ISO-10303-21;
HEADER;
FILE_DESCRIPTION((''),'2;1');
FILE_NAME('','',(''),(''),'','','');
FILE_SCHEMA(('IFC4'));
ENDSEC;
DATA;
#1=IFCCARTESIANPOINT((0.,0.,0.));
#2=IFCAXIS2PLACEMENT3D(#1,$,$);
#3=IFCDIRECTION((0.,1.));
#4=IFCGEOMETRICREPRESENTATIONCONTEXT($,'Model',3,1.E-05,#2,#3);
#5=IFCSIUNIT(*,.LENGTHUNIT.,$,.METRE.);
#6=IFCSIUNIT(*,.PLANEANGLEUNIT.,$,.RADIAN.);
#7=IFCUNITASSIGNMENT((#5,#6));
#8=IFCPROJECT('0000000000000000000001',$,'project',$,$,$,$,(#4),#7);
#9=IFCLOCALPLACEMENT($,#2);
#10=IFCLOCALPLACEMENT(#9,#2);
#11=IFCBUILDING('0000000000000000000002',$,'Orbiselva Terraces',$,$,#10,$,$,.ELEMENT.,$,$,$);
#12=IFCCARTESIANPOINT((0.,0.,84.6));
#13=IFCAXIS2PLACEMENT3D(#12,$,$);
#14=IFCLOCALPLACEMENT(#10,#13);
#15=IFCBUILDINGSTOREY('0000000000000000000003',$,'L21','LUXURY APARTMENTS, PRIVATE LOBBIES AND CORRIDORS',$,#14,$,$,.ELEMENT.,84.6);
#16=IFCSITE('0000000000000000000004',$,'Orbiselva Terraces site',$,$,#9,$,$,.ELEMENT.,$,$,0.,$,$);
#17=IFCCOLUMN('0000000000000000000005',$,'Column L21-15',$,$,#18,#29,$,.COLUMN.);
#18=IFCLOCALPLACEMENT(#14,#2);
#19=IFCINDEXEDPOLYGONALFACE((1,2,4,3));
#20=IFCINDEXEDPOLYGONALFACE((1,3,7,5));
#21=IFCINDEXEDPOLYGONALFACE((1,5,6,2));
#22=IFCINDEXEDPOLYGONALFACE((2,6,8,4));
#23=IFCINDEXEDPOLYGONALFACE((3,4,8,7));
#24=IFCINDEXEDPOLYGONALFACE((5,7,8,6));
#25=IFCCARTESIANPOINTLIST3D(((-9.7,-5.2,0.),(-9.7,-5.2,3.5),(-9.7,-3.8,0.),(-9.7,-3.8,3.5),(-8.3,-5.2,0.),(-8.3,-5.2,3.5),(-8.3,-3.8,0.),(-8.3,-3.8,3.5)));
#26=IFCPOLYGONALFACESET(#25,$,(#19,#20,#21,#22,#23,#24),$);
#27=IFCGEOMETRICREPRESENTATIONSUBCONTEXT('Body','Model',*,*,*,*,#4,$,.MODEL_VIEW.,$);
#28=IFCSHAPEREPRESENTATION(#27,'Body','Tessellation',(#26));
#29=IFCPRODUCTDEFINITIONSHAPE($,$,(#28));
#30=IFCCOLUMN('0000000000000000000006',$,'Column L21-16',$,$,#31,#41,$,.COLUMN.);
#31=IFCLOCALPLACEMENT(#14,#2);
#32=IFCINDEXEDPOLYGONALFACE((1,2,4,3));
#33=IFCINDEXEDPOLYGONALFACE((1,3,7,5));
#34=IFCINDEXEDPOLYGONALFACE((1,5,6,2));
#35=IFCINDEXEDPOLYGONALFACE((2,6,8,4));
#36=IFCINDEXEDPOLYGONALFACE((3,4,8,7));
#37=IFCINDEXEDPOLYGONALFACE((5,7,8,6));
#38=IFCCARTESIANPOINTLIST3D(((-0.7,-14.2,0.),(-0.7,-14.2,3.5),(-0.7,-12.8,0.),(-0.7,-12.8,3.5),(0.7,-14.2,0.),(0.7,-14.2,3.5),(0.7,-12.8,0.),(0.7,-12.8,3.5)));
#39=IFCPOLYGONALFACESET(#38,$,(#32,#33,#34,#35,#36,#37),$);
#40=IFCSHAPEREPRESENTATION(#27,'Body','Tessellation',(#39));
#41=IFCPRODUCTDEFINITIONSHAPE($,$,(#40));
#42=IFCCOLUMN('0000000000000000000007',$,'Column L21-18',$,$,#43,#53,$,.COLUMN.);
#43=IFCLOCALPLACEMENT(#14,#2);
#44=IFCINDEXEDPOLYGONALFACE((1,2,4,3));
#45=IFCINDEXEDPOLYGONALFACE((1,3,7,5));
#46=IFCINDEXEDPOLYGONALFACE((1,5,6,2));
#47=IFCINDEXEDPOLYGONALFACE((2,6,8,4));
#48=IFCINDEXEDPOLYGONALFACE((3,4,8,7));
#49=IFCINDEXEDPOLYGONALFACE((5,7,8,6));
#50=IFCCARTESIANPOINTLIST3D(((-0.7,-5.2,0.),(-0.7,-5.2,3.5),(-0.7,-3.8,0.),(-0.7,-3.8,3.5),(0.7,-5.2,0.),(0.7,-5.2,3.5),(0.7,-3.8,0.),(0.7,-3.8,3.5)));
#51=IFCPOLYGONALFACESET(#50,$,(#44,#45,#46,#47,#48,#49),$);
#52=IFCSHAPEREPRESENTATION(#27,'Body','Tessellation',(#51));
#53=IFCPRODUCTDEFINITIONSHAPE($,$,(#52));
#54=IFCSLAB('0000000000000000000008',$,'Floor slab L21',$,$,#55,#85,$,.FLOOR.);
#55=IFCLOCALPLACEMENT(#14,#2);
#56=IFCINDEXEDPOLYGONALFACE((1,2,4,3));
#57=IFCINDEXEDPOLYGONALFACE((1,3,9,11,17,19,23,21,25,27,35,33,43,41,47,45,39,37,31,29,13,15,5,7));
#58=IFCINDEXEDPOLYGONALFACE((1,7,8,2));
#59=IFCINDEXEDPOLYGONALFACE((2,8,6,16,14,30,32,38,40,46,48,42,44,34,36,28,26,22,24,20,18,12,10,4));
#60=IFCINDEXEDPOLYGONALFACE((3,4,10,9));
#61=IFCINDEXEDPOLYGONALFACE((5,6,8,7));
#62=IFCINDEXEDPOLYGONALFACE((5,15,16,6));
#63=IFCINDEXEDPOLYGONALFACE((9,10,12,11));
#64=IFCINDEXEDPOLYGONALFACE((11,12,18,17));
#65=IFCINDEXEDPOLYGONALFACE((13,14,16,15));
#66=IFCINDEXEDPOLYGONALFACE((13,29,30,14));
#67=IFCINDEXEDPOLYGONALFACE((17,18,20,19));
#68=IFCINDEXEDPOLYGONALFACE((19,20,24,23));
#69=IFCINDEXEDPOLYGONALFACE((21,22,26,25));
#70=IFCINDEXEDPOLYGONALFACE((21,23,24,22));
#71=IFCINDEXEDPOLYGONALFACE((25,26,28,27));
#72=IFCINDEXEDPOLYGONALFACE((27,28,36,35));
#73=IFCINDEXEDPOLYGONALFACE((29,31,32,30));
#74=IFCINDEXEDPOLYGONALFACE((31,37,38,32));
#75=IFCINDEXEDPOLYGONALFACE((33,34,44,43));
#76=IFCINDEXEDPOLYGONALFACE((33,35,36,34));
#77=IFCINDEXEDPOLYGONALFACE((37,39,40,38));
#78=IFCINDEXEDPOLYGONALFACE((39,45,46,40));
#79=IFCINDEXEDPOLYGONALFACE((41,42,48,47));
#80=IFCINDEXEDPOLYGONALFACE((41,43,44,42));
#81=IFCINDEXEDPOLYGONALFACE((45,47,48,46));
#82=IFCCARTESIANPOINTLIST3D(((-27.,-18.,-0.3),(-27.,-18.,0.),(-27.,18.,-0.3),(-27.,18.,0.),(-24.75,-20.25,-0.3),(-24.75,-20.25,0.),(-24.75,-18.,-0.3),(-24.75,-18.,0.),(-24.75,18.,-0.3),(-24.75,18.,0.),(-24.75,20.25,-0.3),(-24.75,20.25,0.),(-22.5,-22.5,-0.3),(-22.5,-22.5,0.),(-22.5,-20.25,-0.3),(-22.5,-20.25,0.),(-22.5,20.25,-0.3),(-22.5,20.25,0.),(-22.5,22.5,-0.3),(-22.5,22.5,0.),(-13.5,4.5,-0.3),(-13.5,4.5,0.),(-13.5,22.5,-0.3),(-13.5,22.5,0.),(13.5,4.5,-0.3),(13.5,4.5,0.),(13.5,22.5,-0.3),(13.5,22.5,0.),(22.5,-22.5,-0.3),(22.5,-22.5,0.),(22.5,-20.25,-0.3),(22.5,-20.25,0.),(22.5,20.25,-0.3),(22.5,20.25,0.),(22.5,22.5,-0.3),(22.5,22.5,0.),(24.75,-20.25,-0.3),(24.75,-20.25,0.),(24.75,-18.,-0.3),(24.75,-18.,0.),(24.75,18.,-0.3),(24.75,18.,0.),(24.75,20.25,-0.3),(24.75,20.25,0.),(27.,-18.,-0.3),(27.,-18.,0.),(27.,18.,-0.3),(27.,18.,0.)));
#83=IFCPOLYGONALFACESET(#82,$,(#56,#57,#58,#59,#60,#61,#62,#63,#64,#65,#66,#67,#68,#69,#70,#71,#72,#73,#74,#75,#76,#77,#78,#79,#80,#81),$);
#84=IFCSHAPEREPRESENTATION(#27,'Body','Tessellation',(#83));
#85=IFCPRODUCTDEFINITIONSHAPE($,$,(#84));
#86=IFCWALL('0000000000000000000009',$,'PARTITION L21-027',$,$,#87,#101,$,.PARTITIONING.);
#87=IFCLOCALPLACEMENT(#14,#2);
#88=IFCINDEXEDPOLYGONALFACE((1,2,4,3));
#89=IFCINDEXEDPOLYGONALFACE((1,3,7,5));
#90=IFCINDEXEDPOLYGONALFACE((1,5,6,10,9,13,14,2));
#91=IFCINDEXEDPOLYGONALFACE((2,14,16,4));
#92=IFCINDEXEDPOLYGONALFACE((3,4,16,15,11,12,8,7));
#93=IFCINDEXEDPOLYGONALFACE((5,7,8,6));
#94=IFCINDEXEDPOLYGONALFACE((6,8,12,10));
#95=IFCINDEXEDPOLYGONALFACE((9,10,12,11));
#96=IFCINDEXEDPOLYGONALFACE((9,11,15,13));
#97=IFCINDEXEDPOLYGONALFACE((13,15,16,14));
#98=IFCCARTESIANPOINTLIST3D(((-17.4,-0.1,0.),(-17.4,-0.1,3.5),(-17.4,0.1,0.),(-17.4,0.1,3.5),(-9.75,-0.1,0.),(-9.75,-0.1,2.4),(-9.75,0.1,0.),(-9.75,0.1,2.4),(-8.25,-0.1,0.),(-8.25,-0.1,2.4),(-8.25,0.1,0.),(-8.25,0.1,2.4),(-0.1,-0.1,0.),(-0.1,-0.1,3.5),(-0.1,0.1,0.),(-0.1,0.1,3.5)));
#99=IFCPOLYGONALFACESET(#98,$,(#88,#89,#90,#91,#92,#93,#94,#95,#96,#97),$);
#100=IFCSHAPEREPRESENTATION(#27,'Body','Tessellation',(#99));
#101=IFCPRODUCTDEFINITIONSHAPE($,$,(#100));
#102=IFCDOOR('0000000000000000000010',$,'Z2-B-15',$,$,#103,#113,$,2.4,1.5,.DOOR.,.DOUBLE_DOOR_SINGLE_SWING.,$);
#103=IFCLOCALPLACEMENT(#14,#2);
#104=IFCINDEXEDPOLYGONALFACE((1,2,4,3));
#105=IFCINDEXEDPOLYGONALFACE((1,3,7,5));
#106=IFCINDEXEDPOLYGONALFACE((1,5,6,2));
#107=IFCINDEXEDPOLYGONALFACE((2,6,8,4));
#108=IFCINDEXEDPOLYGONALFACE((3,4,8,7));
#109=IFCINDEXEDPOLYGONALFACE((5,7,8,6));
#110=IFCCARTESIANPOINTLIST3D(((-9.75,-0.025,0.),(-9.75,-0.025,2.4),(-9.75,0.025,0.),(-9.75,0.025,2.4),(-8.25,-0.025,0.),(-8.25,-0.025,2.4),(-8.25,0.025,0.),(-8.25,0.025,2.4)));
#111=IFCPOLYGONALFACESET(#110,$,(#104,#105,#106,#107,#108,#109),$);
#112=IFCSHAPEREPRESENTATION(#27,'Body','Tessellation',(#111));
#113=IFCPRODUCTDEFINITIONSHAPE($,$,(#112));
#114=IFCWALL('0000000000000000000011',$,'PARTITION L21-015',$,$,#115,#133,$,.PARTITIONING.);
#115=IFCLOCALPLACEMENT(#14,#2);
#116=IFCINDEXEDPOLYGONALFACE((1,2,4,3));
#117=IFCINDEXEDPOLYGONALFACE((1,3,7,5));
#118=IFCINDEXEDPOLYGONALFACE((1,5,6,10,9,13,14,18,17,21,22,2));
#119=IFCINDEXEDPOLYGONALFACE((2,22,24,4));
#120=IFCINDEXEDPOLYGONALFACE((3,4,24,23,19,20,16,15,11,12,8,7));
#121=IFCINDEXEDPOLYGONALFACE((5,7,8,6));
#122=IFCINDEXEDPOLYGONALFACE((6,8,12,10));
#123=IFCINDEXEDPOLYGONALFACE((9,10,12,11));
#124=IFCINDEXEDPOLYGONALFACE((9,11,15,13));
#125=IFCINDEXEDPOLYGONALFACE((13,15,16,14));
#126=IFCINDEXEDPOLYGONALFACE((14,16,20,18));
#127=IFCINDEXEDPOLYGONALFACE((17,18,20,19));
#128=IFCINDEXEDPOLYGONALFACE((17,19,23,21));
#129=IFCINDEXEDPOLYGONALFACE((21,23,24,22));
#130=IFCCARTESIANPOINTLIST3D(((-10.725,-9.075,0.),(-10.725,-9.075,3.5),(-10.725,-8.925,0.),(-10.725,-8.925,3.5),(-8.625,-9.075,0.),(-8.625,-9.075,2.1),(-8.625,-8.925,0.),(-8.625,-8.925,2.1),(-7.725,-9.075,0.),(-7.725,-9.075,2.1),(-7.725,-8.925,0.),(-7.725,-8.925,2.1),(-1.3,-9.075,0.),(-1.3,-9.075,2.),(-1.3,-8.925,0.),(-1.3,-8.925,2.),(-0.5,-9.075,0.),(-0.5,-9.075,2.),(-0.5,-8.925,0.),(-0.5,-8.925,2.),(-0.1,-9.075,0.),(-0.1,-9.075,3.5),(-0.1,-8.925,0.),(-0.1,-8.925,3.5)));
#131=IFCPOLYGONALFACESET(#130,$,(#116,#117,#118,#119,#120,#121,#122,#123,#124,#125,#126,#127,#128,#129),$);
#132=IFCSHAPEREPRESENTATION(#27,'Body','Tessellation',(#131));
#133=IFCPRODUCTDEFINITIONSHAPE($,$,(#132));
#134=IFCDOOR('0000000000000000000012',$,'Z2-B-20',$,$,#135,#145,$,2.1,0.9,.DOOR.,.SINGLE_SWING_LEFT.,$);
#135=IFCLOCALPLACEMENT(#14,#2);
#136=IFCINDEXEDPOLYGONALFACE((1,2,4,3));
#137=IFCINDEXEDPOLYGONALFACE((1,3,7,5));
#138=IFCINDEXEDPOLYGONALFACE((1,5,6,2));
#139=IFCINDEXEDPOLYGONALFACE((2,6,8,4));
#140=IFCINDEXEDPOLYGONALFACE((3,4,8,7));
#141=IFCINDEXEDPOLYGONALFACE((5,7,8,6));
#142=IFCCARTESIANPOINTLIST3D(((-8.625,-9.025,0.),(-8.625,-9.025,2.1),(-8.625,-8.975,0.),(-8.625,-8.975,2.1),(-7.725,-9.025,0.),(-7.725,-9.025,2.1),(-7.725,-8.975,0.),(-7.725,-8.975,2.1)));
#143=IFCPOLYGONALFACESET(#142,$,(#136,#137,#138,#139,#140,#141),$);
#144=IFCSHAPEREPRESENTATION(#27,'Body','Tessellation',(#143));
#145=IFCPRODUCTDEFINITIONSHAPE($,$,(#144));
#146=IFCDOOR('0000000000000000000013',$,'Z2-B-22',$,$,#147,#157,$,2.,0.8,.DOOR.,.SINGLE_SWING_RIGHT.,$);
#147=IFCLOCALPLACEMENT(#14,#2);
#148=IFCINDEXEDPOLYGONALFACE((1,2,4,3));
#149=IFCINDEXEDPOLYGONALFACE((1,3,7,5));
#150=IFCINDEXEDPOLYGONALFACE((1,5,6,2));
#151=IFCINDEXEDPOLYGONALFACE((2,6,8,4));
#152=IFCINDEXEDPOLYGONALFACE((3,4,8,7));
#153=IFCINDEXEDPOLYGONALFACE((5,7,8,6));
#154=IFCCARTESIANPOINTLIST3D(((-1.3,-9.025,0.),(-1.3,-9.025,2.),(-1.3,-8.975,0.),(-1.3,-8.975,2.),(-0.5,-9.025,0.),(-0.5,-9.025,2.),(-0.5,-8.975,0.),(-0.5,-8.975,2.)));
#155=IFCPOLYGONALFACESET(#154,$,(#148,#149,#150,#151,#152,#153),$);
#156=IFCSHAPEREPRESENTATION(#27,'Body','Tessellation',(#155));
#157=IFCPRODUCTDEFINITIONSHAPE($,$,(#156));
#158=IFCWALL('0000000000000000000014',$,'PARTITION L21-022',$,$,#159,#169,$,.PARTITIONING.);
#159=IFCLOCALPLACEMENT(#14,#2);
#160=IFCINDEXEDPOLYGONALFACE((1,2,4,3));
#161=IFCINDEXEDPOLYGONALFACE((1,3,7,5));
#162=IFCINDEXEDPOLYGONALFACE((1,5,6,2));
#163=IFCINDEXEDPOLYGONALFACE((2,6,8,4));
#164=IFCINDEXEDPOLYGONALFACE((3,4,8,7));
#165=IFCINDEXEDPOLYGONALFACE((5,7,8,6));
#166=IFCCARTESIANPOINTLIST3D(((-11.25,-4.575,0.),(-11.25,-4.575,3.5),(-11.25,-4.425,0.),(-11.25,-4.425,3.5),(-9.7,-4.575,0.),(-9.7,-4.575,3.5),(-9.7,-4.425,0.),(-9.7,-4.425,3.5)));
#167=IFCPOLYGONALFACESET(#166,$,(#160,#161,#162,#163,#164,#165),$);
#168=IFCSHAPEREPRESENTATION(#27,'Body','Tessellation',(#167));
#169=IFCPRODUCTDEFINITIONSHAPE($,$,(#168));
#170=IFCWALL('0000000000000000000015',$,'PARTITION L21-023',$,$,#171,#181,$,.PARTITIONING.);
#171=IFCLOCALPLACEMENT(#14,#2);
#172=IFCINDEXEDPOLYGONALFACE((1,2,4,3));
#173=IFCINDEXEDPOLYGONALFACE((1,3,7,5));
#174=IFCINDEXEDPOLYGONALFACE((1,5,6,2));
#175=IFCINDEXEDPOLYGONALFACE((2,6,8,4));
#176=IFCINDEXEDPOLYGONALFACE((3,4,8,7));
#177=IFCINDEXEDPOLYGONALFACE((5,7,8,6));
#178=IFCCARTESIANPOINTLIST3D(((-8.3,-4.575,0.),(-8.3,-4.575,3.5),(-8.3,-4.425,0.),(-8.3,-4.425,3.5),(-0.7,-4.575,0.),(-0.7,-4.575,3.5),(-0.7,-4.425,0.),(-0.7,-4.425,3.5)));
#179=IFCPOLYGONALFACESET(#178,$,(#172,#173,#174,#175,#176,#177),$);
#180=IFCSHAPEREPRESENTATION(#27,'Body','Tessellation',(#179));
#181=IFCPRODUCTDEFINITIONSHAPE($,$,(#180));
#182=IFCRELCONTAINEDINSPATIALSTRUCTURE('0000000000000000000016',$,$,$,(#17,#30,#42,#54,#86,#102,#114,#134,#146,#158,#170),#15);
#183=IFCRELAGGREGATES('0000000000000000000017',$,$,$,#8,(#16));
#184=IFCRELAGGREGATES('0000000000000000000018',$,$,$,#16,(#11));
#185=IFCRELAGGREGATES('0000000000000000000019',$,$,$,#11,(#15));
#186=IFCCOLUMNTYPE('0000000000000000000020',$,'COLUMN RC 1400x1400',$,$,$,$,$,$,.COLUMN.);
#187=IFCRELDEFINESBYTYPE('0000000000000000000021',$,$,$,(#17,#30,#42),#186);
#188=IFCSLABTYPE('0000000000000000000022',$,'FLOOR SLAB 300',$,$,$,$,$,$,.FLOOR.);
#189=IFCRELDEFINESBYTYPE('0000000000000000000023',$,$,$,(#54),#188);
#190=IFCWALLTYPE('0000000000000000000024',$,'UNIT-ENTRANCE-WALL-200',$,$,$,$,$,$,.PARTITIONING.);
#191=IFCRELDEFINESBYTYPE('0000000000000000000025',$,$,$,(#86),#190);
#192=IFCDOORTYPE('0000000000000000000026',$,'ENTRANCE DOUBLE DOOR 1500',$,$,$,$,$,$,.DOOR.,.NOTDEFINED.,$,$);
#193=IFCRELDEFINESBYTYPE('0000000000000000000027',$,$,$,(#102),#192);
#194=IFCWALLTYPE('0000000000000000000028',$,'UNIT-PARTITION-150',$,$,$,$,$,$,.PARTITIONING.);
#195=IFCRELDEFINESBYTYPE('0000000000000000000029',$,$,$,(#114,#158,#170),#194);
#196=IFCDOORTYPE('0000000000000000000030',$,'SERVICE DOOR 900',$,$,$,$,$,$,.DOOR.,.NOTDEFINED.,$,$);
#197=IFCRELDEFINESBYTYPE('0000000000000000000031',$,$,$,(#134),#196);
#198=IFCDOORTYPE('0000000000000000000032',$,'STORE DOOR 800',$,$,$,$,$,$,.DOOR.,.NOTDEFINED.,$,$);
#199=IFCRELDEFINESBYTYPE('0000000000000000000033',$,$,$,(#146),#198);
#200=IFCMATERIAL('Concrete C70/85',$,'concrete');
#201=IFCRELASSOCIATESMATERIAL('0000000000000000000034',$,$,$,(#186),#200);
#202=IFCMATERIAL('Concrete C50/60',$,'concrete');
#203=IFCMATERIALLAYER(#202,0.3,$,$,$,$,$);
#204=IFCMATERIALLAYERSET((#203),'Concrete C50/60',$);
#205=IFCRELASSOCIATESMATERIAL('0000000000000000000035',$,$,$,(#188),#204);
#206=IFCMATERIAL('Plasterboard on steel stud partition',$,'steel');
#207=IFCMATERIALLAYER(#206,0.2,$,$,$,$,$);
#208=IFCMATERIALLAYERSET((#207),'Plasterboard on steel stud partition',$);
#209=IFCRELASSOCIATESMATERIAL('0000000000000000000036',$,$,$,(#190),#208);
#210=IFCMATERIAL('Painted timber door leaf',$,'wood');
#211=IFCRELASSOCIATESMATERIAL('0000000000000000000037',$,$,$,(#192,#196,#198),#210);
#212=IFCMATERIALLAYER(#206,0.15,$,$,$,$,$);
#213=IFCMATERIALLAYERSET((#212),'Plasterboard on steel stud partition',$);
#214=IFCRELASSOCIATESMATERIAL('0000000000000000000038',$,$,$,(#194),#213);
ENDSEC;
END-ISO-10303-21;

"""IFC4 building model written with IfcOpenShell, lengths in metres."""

from ifc_helpers import new_model, si_unit, direction, frame, frame_2d, origin, origin_2d, place, context, subcontext, project, spatial, polyline, rectangle, outline, extrude, material, layer, layer_set, material_profile, profile_set, type_object, element, fill, save


model = new_model("IFC4")

# Units and contexts
model_context = context("Model", 3, precision=1e-05, world=origin(), true_north=direction((0.0, 1.0)))
body_context = subcontext(model_context, "Body", "Model", "MODEL_VIEW")
ifc_project = project(units=[si_unit("LENGTHUNIT", "METRE"), si_unit("PLANEANGLEUNIT", "RADIAN")], contexts=[model_context])

# Site, building, storey
site_placement = place(None, origin())
site = spatial("IfcSite", under=ifc_project, at=site_placement, Name="Orbiselva Terraces site", CompositionType="ELEMENT", RefElevation=0.0)
building_placement = place(site_placement, origin())
building = spatial("IfcBuilding", under=site, at=building_placement, Name="Orbiselva Terraces", CompositionType="ELEMENT")
storey_placement = place(building_placement, frame((0.0, 0.0, 84.6)))
storey = spatial("IfcBuildingStorey", under=building, at=storey_placement, Name="L21", Description="LUXURY APARTMENTS, PRIVATE LOBBIES AND CORRIDORS", CompositionType="ELEMENT", Elevation=84.6)

# Columns
ifc_material_1 = material(Name="Concrete C70/85", Category="concrete")
ifc_material_profile = material_profile(ifc_material_1, rectangle(XDim=1.4, YDim=1.4, at=origin_2d()), Name="RC 1400x1400")
ifc_profile_set = profile_set([ifc_material_profile], Name="Concrete C70/85")
column_type = type_object("IfcColumnType", Name="COLUMN RC 1400x1400", PredefinedType="COLUMN", material=ifc_profile_set)
for number, where, z_axis, x_axis, name in (
    (1, (-9.0, -4.5, 0.0), (0.0, 0.0, 1.0), (1.0, 0.0, 0.0), "Column L21-15"),
    (2, (0.0, -13.5, 0.0), (0.0, 0.0, 1.0), (1.0, 0.0, 0.0), "Column L21-16"),
    (3, (0.0, -4.5, 0.0), (0.0, 0.0, 1.0), (1.0, 0.0, 0.0), "Column L21-18"),
):
    element("IfcColumn", number, at=place(storey_placement, frame(where, z_axis=z_axis, x_axis=x_axis)), inside=storey, type_object=column_type, Name=name, PredefinedType="COLUMN", context=body_context, shape_type="SweptSolid", body=[
        extrude(rectangle(XDim=1.4, YDim=1.4, at=origin_2d()), origin(), (0.0, 0.0, 1.0), 3.5),
    ])

# Slab
ifc_material_2 = material(Name="Concrete C50/60", Category="concrete")
ifc_layer_1 = layer(ifc_material_2, 0.3)
ifc_layer_set_1 = layer_set([ifc_layer_1], Name="Concrete C50/60")
slab_type = type_object("IfcSlabType", Name="FLOOR SLAB 300", PredefinedType="FLOOR", material=ifc_layer_set_1)
slab_placement = place(storey_placement, frame((0.0, 0.0, -0.3)))
element("IfcSlab", 4, at=slab_placement, inside=storey, type_object=slab_type, Name="Floor slab L21", PredefinedType="FLOOR", context=body_context, shape_type="SweptSolid", body=[
    extrude(outline(polyline([(22.5, 22.5), (22.5, 20.25), (24.75, 20.25), (24.75, 18.0), (27.0, 18.0), (27.0, -18.0), (24.75, -18.0), (24.75, -20.25), (22.5, -20.25), (22.5, -22.5), (-22.5, -22.5), (-22.5, -20.25), (-24.75, -20.25), (-24.75, -18.0), (-27.0, -18.0), (-27.0, 18.0), (-24.75, 18.0), (-24.75, 20.25), (-22.5, 20.25), (-22.5, 22.5), (-13.5, 22.5), (-13.5, 4.5), (13.5, 4.5), (13.5, 22.5), (22.5, 22.5)])), origin(), (0.0, 0.0, 1.0), 0.3),
])

# Wall, opening, door
ifc_material_3 = material(Name="Plasterboard on steel stud partition", Category="steel")
ifc_layer_2 = layer(ifc_material_3, 0.2)
ifc_layer_set_2 = layer_set([ifc_layer_2], Name="Plasterboard on steel stud partition")
wall_type_1 = type_object("IfcWallType", Name="UNIT-ENTRANCE-WALL-200", PredefinedType="PARTITIONING", material=ifc_layer_set_2)
wall_1_placement = place(storey_placement, frame((-0.1, 0.0, 0.0), z_axis=(0.0, 0.0, 1.0), x_axis=(-1.0, 0.0, 0.0)))
wall_1 = element("IfcWall", 5, at=wall_1_placement, inside=storey, type_object=wall_type_1, Name="PARTITION L21-027", PredefinedType="PARTITIONING", context=body_context, shape_type="SweptSolid", body=[
    extrude(rectangle(XDim=17.3, YDim=0.2, at=frame_2d((8.65, 0.0))), origin(), (0.0, 0.0, 1.0), 3.5),
])
opening_1_placement = place(wall_1_placement, frame((8.15, 0.0, 0.0)))
opening_1 = element("IfcOpeningElement", 6, at=opening_1_placement, cuts=wall_1, PredefinedType="OPENING", context=body_context, shape_type="SweptSolid", body=[
    extrude(rectangle(XDim=1.5, YDim=2.4, at=frame_2d((0.75, 1.2))), frame((0.0, 0.11, 0.0), z_axis=(0.0, -1.0, 0.0), x_axis=(1.0, 0.0, 0.0)), (0.0, 0.0, 1.0), 0.22),
])
ifc_material_4 = material(Name="Painted timber door leaf", Category="wood")
door_type_1 = type_object("IfcDoorType", Name="ENTRANCE DOUBLE DOOR 1500", OperationType="NOTDEFINED", PredefinedType="DOOR", material=ifc_material_4)
door_1_placement = place(opening_1_placement, origin())
door_1 = element("IfcDoor", 7, at=door_1_placement, inside=storey, type_object=door_type_1, Name="Z2-B-15", OperationType="DOUBLE_DOOR_SINGLE_SWING", OverallHeight=2.4, OverallWidth=1.5, PredefinedType="DOOR", context=body_context, shape_type="SweptSolid", body=[
    extrude(rectangle(XDim=1.5, YDim=2.4, at=frame_2d((0.75, 1.2))), frame((0.0, 0.025, 0.0), z_axis=(0.0, -1.0, 0.0), x_axis=(1.0, 0.0, 0.0)), (0.0, 0.0, 1.0), 0.05),
])
fill(opening_1, door_1)

# Wall, openings, doors
ifc_layer_3 = layer(ifc_material_3, 0.15)
ifc_layer_set_3 = layer_set([ifc_layer_3], Name="Plasterboard on steel stud partition")
wall_type_2 = type_object("IfcWallType", Name="UNIT-PARTITION-150", PredefinedType="PARTITIONING", material=ifc_layer_set_3)
wall_2_placement = place(storey_placement, frame((-10.725, -9.0, 0.0), z_axis=(0.0, 0.0, 1.0), x_axis=(1.0, 0.0, 0.0)))
wall_2 = element("IfcWall", 8, at=wall_2_placement, inside=storey, type_object=wall_type_2, Name="PARTITION L21-015", PredefinedType="PARTITIONING", context=body_context, shape_type="SweptSolid", body=[
    extrude(rectangle(XDim=10.625, YDim=0.15, at=frame_2d((5.3125, 0.0))), origin(), (0.0, 0.0, 1.0), 3.5),
])
opening_2_placement = place(wall_2_placement, frame((2.1, 0.0, 0.0)))
opening_2 = element("IfcOpeningElement", 9, at=opening_2_placement, cuts=wall_2, PredefinedType="OPENING", context=body_context, shape_type="SweptSolid", body=[
    extrude(rectangle(XDim=0.9, YDim=2.1, at=frame_2d((0.45, 1.05))), frame((0.0, 0.085, 0.0), z_axis=(0.0, -1.0, 0.0), x_axis=(1.0, 0.0, 0.0)), (0.0, 0.0, 1.0), 0.17),
])
opening_3_placement = place(wall_2_placement, frame((9.425, 0.0, 0.0)))
opening_3 = element("IfcOpeningElement", 10, at=opening_3_placement, cuts=wall_2, PredefinedType="OPENING", context=body_context, shape_type="SweptSolid", body=[
    extrude(rectangle(XDim=0.8, YDim=2.0, at=frame_2d((0.4, 1.0))), frame((0.0, 0.085, 0.0), z_axis=(0.0, -1.0, 0.0), x_axis=(1.0, 0.0, 0.0)), (0.0, 0.0, 1.0), 0.17),
])
door_type_2 = type_object("IfcDoorType", Name="SERVICE DOOR 900", OperationType="NOTDEFINED", PredefinedType="DOOR", material=ifc_material_4)
door_2_placement = place(opening_2_placement, origin())
door_2 = element("IfcDoor", 11, at=door_2_placement, inside=storey, type_object=door_type_2, Name="Z2-B-20", OperationType="SINGLE_SWING_LEFT", OverallHeight=2.1, OverallWidth=0.9, PredefinedType="DOOR", context=body_context, shape_type="SweptSolid", body=[
    extrude(rectangle(XDim=0.9, YDim=2.1, at=frame_2d((0.45, 1.05))), frame((0.0, 0.025, 0.0), z_axis=(0.0, -1.0, 0.0), x_axis=(1.0, 0.0, 0.0)), (0.0, 0.0, 1.0), 0.05),
])
fill(opening_2, door_2)
door_type_3 = type_object("IfcDoorType", Name="STORE DOOR 800", OperationType="NOTDEFINED", PredefinedType="DOOR", material=ifc_material_4)
door_3_placement = place(opening_3_placement, origin())
door_3 = element("IfcDoor", 12, at=door_3_placement, inside=storey, type_object=door_type_3, Name="Z2-B-22", OperationType="SINGLE_SWING_RIGHT", OverallHeight=2.0, OverallWidth=0.8, PredefinedType="DOOR", context=body_context, shape_type="SweptSolid", body=[
    extrude(rectangle(XDim=0.8, YDim=2.0, at=frame_2d((0.4, 1.0))), frame((0.0, 0.025, 0.0), z_axis=(0.0, -1.0, 0.0), x_axis=(1.0, 0.0, 0.0)), (0.0, 0.0, 1.0), 0.05),
])
fill(opening_3, door_3)

# Walls
wall_3_placement = place(storey_placement, frame((-11.25, -4.5, 0.0), z_axis=(0.0, 0.0, 1.0), x_axis=(1.0, 0.0, 0.0)))
element("IfcWall", 13, at=wall_3_placement, inside=storey, type_object=wall_type_2, Name="PARTITION L21-022", PredefinedType="PARTITIONING", context=body_context, shape_type="SweptSolid", body=[
    extrude(rectangle(XDim=1.55, YDim=0.15, at=frame_2d((0.775, 0.0))), origin(), (0.0, 0.0, 1.0), 3.5),
])
wall_4_placement = place(storey_placement, frame((-8.3, -4.5, 0.0), z_axis=(0.0, 0.0, 1.0), x_axis=(1.0, 0.0, 0.0)))
element("IfcWall", 14, at=wall_4_placement, inside=storey, type_object=wall_type_2, Name="PARTITION L21-023", PredefinedType="PARTITIONING", context=body_context, shape_type="SweptSolid", body=[
    extrude(rectangle(XDim=7.6, YDim=0.15, at=frame_2d((3.8, 0.0))), origin(), (0.0, 0.0, 1.0), 3.5),
])

save(model, "model.ifc")
